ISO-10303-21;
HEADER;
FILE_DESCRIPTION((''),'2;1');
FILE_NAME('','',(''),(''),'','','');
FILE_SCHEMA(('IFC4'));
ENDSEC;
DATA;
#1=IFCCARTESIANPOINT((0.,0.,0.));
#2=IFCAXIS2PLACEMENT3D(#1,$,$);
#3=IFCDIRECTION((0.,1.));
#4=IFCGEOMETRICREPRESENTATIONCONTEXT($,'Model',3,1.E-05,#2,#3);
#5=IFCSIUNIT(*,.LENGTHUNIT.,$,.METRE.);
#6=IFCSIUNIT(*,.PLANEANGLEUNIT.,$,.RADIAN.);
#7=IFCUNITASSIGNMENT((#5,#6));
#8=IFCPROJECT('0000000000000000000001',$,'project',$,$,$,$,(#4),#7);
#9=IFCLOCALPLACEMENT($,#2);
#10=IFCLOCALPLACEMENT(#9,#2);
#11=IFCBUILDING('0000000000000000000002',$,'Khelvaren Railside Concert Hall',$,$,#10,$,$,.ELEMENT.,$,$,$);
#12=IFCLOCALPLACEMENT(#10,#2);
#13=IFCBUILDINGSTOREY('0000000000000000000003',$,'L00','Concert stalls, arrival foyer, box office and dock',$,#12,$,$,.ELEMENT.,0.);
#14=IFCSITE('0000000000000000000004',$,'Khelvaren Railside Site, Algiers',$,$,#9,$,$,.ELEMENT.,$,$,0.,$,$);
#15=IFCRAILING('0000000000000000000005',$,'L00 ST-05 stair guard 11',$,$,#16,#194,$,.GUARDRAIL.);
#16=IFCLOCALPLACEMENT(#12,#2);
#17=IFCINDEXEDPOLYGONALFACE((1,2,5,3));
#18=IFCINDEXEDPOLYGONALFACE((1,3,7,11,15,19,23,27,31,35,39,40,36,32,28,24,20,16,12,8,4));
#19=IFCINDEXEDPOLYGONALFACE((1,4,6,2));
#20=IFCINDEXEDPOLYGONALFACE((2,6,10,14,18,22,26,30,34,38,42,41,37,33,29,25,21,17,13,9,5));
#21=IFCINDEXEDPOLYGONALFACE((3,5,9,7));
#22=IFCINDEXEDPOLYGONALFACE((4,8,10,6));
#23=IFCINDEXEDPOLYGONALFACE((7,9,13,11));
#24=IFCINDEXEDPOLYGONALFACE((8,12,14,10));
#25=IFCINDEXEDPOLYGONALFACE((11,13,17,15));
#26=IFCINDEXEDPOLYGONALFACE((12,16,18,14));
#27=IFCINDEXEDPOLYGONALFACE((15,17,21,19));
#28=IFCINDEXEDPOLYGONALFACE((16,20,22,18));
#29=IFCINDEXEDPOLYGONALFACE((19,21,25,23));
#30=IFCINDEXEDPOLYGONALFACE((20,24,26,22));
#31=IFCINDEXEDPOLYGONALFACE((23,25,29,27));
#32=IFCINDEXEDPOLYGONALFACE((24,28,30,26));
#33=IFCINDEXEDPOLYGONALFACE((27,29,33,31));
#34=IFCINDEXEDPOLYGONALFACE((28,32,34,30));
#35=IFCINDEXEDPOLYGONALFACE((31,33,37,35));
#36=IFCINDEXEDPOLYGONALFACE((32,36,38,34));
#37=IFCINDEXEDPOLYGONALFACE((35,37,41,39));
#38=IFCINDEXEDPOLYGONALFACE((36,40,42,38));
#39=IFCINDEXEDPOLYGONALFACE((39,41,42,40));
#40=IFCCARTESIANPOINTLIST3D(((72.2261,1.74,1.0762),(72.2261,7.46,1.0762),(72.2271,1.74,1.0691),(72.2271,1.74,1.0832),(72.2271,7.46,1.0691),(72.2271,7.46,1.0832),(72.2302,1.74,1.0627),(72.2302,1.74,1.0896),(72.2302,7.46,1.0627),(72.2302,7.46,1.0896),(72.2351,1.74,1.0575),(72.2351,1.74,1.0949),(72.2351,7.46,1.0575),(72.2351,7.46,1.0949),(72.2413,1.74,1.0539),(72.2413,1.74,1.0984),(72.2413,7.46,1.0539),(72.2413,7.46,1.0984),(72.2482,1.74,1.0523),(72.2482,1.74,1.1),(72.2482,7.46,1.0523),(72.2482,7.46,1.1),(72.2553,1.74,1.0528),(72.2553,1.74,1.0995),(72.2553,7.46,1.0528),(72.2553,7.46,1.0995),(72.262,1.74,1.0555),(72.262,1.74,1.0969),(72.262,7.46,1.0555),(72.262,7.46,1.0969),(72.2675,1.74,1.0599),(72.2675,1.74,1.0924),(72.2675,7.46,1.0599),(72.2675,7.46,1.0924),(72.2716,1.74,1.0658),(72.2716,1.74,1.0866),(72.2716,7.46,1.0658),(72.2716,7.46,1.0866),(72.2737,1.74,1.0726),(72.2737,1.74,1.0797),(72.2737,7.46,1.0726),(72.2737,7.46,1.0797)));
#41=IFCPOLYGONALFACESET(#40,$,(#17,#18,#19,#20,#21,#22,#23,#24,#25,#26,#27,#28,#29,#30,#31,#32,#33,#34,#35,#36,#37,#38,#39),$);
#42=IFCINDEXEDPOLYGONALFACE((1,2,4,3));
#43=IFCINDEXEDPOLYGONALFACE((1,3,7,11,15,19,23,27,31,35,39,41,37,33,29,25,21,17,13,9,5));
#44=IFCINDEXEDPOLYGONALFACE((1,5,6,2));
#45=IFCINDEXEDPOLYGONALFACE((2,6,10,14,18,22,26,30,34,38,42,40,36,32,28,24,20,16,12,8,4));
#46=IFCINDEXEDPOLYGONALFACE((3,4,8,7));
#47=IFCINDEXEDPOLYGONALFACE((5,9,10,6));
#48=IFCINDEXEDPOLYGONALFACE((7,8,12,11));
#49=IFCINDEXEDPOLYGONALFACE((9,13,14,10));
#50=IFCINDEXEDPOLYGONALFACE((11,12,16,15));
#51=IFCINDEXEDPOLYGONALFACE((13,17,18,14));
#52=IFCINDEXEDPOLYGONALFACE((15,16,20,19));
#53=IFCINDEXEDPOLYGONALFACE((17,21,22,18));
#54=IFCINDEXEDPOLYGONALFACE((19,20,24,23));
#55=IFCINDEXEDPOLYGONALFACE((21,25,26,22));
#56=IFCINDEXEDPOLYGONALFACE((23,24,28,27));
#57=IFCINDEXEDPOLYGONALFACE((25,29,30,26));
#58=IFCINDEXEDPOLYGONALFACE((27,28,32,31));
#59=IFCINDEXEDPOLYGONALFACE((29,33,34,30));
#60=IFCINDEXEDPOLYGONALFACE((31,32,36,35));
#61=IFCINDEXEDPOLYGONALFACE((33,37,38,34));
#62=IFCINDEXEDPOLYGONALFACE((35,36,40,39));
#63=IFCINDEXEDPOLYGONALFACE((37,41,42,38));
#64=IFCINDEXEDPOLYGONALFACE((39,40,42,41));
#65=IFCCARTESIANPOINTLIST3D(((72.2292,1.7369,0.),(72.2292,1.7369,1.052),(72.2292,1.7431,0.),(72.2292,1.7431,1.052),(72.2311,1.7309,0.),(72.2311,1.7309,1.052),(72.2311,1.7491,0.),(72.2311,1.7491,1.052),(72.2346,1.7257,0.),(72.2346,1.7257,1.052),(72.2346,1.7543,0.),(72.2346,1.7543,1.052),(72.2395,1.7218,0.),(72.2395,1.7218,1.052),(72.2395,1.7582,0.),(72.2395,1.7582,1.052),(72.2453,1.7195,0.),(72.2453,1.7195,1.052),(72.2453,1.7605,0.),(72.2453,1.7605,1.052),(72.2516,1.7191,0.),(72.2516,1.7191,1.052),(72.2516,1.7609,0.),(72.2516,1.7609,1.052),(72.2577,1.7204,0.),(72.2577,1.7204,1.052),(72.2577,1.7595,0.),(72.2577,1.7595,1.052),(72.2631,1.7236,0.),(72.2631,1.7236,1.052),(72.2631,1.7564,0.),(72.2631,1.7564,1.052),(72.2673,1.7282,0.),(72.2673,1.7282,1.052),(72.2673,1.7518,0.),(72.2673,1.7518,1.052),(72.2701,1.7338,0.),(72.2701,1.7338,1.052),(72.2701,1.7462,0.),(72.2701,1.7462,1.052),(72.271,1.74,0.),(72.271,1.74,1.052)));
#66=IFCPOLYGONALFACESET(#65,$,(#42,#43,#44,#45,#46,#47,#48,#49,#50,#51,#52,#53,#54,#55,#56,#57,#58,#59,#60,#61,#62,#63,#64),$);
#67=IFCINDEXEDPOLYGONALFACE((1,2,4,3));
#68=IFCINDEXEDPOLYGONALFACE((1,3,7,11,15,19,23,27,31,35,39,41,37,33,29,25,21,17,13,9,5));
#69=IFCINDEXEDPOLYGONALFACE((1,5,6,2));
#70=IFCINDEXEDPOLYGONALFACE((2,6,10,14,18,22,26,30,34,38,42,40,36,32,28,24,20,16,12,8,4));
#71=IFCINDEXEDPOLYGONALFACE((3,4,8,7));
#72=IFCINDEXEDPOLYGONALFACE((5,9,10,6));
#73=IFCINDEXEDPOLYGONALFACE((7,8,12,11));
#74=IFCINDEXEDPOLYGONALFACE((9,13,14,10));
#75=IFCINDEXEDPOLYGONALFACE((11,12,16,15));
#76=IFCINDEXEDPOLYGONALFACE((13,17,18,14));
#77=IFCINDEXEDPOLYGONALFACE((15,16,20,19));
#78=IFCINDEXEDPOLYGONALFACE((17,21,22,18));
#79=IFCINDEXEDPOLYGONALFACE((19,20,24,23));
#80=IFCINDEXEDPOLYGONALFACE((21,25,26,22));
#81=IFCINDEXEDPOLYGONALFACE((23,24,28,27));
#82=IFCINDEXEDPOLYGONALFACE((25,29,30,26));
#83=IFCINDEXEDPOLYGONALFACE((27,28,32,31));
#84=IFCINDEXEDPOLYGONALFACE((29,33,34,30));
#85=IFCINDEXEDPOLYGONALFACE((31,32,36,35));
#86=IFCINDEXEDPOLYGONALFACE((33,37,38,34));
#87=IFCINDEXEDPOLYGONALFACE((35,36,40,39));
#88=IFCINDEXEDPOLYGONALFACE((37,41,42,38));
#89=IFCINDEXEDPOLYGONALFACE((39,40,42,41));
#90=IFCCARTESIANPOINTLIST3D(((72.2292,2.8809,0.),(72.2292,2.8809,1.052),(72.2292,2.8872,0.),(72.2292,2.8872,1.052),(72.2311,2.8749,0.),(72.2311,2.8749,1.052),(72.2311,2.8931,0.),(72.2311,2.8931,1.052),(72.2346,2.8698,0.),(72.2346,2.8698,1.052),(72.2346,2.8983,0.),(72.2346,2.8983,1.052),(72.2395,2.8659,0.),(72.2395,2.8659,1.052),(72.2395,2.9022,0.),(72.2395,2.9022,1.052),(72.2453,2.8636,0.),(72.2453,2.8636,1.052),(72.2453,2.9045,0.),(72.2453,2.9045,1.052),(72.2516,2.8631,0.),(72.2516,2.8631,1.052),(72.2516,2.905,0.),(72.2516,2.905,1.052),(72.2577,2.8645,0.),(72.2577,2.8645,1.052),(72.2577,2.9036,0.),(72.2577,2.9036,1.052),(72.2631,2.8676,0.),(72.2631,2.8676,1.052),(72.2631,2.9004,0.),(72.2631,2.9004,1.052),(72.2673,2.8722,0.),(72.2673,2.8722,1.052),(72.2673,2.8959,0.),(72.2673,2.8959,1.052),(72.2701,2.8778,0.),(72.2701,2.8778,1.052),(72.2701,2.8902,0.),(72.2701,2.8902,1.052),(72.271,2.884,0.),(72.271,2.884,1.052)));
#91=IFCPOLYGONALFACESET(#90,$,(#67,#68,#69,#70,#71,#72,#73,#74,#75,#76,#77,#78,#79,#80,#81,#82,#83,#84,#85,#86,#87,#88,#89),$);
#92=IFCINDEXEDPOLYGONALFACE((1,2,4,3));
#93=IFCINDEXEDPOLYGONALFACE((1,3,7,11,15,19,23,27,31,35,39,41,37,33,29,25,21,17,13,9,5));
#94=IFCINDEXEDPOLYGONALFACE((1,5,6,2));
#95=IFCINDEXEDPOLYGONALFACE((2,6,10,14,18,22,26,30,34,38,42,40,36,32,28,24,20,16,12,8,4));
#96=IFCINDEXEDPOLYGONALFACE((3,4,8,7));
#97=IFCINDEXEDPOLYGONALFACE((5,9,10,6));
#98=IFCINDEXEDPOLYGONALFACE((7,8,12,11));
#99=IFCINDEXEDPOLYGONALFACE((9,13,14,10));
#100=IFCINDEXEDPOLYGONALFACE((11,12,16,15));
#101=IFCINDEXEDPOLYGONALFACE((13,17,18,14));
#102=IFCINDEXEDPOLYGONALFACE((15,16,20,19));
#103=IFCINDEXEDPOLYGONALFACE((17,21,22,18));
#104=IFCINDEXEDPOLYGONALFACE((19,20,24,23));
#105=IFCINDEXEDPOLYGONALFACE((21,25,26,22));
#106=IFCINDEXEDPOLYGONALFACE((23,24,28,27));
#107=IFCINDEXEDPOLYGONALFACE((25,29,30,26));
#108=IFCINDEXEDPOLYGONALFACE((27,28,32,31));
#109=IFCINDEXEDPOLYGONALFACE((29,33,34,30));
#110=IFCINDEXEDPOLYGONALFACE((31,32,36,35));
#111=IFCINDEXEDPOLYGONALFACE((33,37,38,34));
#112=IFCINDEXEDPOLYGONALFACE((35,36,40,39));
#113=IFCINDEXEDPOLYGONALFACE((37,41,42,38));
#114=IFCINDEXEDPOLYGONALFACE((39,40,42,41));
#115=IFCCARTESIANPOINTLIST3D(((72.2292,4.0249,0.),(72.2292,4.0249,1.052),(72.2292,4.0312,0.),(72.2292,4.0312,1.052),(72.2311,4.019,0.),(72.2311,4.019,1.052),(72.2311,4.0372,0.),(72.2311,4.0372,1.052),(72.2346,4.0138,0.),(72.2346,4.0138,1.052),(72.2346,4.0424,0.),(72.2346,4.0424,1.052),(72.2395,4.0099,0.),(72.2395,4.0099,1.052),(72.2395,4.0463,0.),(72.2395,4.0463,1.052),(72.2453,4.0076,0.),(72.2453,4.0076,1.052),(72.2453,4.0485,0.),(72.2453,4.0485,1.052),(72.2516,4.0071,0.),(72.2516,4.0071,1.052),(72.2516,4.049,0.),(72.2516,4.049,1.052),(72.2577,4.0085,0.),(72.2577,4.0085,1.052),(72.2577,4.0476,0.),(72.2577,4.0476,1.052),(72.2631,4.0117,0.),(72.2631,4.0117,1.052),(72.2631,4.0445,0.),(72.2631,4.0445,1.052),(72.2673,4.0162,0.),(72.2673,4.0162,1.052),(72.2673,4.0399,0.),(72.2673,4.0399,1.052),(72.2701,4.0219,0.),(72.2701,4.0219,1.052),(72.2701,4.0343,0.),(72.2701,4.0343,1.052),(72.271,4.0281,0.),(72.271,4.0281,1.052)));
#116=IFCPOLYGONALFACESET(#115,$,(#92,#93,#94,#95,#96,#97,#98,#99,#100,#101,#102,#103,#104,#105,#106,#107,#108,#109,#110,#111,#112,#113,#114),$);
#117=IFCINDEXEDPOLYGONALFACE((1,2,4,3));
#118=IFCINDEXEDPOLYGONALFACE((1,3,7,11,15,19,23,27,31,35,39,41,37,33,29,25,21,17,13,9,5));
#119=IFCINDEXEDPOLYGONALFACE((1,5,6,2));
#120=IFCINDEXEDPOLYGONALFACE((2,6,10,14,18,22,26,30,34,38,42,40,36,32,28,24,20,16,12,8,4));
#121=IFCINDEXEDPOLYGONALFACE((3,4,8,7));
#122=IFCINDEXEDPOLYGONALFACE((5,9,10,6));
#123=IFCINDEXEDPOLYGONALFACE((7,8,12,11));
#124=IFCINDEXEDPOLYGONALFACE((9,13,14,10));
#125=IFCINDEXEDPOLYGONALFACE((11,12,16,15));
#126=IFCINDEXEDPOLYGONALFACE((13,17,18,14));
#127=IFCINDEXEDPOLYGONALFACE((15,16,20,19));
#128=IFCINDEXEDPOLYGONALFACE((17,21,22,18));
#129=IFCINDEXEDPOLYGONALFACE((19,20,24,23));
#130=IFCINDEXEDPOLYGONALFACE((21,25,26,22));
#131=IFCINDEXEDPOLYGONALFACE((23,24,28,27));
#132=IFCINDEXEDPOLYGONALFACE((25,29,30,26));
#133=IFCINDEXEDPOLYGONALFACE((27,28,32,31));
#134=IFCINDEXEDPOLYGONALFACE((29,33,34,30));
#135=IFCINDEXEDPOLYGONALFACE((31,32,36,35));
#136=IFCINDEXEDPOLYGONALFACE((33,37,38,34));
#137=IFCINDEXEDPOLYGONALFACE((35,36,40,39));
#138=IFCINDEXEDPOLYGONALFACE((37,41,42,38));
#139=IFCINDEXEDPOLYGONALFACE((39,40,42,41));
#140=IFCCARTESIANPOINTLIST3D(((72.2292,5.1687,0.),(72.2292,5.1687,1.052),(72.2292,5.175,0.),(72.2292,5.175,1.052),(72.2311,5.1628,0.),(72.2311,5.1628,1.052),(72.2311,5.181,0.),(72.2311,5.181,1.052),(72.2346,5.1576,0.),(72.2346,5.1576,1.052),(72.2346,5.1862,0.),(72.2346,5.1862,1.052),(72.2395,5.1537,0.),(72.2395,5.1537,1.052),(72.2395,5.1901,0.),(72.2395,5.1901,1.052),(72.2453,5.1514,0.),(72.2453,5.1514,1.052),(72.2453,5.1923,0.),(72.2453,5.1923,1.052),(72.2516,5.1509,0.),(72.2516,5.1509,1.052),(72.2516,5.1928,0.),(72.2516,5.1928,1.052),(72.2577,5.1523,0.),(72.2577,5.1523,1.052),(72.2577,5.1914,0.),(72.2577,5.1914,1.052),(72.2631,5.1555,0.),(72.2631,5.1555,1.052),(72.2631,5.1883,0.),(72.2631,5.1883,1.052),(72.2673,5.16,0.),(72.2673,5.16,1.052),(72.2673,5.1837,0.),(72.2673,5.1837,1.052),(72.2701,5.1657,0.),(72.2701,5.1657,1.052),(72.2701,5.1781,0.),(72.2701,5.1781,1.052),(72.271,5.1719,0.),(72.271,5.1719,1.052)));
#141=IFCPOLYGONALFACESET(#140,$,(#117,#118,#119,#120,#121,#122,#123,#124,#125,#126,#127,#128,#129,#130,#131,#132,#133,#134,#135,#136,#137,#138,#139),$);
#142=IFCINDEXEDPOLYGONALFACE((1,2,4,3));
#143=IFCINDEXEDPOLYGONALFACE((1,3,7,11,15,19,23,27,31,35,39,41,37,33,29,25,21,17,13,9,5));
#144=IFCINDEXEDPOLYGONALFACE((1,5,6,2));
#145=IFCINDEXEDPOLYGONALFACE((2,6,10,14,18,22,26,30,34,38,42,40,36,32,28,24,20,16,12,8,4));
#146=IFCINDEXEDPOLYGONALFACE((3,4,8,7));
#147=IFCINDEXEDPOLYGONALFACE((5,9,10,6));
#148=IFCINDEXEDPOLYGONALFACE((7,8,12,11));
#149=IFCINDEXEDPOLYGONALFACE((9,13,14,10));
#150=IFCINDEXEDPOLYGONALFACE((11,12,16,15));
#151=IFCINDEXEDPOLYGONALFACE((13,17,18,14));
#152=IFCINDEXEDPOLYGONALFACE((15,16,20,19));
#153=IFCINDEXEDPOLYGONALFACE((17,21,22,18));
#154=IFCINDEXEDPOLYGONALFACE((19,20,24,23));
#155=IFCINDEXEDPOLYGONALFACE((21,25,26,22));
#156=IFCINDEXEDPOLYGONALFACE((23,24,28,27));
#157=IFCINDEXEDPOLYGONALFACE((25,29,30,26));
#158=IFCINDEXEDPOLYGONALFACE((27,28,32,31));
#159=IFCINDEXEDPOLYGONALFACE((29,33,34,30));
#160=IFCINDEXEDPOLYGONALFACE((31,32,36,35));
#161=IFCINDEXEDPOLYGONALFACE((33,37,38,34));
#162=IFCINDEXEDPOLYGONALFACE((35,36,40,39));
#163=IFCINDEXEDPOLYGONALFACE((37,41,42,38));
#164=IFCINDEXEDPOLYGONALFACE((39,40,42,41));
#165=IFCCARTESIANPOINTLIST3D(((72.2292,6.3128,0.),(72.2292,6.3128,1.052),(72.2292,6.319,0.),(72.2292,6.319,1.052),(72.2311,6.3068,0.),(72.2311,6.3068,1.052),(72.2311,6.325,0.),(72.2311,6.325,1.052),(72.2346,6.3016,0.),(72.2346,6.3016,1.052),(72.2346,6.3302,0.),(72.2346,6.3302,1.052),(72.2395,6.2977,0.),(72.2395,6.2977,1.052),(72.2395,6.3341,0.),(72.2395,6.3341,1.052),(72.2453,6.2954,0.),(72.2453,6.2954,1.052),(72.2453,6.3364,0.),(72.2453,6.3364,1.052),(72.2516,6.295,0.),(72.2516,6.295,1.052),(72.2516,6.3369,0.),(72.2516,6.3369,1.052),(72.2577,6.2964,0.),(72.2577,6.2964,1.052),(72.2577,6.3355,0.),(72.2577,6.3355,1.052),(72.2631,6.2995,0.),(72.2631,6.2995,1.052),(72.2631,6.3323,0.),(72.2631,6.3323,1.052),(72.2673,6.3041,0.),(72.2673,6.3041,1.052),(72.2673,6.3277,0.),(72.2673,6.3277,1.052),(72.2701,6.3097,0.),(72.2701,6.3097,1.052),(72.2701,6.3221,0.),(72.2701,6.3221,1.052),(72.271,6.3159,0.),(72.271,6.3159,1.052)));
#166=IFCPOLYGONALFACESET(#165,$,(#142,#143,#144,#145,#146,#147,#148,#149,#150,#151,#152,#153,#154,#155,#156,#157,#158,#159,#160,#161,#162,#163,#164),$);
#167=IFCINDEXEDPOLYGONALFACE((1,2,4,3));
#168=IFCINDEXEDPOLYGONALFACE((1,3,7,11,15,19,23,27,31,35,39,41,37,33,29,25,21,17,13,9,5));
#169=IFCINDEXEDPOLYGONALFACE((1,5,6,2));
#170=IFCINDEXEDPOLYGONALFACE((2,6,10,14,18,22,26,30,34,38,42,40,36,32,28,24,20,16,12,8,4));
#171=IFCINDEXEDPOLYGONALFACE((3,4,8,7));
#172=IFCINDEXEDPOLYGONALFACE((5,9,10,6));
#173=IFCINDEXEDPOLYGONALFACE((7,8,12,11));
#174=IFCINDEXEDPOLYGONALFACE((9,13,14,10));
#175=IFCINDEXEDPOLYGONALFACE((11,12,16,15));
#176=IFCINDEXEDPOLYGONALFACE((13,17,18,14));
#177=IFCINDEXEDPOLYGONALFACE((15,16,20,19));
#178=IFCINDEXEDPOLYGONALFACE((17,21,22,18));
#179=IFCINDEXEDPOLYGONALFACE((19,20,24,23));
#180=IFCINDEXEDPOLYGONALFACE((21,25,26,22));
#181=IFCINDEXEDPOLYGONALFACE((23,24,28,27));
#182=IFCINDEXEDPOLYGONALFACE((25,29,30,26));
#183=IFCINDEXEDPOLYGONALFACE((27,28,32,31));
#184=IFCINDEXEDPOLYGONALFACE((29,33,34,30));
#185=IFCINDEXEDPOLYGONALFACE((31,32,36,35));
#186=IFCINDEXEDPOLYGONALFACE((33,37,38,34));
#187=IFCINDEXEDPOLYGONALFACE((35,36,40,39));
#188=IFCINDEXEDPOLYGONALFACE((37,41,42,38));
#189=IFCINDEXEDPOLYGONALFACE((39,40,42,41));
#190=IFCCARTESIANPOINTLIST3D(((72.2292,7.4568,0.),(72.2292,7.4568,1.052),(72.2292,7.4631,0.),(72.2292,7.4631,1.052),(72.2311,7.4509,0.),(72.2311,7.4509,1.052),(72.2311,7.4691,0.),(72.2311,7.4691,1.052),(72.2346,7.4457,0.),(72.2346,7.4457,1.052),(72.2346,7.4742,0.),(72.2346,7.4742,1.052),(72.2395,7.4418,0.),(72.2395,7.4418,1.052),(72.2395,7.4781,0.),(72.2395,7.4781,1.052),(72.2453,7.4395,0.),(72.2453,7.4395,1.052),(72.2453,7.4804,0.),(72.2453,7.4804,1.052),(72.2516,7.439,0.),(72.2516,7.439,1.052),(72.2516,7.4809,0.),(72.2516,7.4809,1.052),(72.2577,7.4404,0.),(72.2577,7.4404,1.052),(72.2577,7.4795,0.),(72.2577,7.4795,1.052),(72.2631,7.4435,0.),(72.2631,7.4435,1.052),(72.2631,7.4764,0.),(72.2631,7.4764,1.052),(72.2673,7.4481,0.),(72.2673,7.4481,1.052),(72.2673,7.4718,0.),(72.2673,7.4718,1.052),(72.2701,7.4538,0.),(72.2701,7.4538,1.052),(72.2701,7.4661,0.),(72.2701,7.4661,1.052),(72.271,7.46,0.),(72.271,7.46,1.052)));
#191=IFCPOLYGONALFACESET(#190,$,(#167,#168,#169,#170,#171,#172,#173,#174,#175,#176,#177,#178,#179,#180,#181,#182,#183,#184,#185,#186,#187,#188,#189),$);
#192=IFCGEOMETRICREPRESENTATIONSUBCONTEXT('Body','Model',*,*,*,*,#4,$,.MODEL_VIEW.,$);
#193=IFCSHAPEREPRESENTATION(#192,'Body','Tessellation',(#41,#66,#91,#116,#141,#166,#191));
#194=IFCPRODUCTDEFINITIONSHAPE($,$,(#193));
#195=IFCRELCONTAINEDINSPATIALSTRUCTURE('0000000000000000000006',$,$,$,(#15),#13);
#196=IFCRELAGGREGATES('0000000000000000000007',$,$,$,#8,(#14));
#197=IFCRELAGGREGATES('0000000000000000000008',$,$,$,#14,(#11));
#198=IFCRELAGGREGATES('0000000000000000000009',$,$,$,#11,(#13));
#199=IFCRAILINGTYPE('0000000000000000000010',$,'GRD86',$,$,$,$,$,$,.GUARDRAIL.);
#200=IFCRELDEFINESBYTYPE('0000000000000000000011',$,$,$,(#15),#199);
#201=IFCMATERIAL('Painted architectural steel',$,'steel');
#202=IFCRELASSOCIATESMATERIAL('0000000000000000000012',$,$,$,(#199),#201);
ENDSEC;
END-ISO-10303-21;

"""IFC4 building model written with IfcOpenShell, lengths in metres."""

from ifc_helpers import new_model, si_unit, direction, frame, origin, origin_2d, place, context, subcontext, project, spatial, circle, extrude, material, type_object, element, save


model = new_model("IFC4")

# Units and contexts
model_context = context("Model", 3, precision=1e-05, world=origin(), true_north=direction((0.0, 1.0)))
body_context = subcontext(model_context, "Body", "Model", "MODEL_VIEW")
ifc_project = project(units=[si_unit("LENGTHUNIT", "METRE"), si_unit("PLANEANGLEUNIT", "RADIAN")], contexts=[model_context])

# Site, building, storey
site_placement = place(None, origin())
site = spatial("IfcSite", under=ifc_project, at=site_placement, Name="Khelvaren Railside Site, Algiers", CompositionType="ELEMENT", RefElevation=0.0)
building_placement = place(site_placement, origin())
building = spatial("IfcBuilding", under=site, at=building_placement, Name="Khelvaren Railside Concert Hall", CompositionType="ELEMENT")
storey_placement = place(building_placement, origin())
storey = spatial("IfcBuildingStorey", under=building, at=storey_placement, Name="L00", Description="Concert stalls, arrival foyer, box office and dock", CompositionType="ELEMENT", Elevation=0.0)

# Railing
ifc_material_1 = material(Name="Painted architectural steel", Category="steel")
railing_type = type_object("IfcRailingType", Name="GRD86", PredefinedType="GUARDRAIL", material=ifc_material_1)
railing_1_placement = place(storey_placement, frame((72.25, 1.74, 0.0)))
element("IfcRailing", 1, at=railing_1_placement, inside=storey, type_object=railing_type, Name="L00 ST-05 stair guard 11", PredefinedType="GUARDRAIL", context=body_context, shape_type="SweptSolid", body=[
    extrude(circle(Radius=0.0239, at=origin_2d()), frame((0.0, 0.0, 1.0762), z_axis=(0.0, 1.0, 0.0), x_axis=(-1.0, 0.0, 0.0)), (0.0, 0.0, 1.0), 5.72),
    extrude(circle(Radius=0.021, at=origin_2d()), origin(), (0.0, 0.0, 1.0), 1.052),
    extrude(circle(Radius=0.021, at=origin_2d()), frame((0.0, 1.144, 0.0)), (0.0, 0.0, 1.0), 1.052),
    extrude(circle(Radius=0.021, at=origin_2d()), frame((0.0, 2.2881, 0.0)), (0.0, 0.0, 1.0), 1.052),
    extrude(circle(Radius=0.021, at=origin_2d()), frame((0.0, 3.4319, 0.0)), (0.0, 0.0, 1.0), 1.052),
    extrude(circle(Radius=0.021, at=origin_2d()), frame((0.0, 4.5759, 0.0)), (0.0, 0.0, 1.0), 1.052),
    extrude(circle(Radius=0.021, at=origin_2d()), frame((0.0, 5.72, 0.0)), (0.0, 0.0, 1.0), 1.052),
])

save(model, "model.ifc")
